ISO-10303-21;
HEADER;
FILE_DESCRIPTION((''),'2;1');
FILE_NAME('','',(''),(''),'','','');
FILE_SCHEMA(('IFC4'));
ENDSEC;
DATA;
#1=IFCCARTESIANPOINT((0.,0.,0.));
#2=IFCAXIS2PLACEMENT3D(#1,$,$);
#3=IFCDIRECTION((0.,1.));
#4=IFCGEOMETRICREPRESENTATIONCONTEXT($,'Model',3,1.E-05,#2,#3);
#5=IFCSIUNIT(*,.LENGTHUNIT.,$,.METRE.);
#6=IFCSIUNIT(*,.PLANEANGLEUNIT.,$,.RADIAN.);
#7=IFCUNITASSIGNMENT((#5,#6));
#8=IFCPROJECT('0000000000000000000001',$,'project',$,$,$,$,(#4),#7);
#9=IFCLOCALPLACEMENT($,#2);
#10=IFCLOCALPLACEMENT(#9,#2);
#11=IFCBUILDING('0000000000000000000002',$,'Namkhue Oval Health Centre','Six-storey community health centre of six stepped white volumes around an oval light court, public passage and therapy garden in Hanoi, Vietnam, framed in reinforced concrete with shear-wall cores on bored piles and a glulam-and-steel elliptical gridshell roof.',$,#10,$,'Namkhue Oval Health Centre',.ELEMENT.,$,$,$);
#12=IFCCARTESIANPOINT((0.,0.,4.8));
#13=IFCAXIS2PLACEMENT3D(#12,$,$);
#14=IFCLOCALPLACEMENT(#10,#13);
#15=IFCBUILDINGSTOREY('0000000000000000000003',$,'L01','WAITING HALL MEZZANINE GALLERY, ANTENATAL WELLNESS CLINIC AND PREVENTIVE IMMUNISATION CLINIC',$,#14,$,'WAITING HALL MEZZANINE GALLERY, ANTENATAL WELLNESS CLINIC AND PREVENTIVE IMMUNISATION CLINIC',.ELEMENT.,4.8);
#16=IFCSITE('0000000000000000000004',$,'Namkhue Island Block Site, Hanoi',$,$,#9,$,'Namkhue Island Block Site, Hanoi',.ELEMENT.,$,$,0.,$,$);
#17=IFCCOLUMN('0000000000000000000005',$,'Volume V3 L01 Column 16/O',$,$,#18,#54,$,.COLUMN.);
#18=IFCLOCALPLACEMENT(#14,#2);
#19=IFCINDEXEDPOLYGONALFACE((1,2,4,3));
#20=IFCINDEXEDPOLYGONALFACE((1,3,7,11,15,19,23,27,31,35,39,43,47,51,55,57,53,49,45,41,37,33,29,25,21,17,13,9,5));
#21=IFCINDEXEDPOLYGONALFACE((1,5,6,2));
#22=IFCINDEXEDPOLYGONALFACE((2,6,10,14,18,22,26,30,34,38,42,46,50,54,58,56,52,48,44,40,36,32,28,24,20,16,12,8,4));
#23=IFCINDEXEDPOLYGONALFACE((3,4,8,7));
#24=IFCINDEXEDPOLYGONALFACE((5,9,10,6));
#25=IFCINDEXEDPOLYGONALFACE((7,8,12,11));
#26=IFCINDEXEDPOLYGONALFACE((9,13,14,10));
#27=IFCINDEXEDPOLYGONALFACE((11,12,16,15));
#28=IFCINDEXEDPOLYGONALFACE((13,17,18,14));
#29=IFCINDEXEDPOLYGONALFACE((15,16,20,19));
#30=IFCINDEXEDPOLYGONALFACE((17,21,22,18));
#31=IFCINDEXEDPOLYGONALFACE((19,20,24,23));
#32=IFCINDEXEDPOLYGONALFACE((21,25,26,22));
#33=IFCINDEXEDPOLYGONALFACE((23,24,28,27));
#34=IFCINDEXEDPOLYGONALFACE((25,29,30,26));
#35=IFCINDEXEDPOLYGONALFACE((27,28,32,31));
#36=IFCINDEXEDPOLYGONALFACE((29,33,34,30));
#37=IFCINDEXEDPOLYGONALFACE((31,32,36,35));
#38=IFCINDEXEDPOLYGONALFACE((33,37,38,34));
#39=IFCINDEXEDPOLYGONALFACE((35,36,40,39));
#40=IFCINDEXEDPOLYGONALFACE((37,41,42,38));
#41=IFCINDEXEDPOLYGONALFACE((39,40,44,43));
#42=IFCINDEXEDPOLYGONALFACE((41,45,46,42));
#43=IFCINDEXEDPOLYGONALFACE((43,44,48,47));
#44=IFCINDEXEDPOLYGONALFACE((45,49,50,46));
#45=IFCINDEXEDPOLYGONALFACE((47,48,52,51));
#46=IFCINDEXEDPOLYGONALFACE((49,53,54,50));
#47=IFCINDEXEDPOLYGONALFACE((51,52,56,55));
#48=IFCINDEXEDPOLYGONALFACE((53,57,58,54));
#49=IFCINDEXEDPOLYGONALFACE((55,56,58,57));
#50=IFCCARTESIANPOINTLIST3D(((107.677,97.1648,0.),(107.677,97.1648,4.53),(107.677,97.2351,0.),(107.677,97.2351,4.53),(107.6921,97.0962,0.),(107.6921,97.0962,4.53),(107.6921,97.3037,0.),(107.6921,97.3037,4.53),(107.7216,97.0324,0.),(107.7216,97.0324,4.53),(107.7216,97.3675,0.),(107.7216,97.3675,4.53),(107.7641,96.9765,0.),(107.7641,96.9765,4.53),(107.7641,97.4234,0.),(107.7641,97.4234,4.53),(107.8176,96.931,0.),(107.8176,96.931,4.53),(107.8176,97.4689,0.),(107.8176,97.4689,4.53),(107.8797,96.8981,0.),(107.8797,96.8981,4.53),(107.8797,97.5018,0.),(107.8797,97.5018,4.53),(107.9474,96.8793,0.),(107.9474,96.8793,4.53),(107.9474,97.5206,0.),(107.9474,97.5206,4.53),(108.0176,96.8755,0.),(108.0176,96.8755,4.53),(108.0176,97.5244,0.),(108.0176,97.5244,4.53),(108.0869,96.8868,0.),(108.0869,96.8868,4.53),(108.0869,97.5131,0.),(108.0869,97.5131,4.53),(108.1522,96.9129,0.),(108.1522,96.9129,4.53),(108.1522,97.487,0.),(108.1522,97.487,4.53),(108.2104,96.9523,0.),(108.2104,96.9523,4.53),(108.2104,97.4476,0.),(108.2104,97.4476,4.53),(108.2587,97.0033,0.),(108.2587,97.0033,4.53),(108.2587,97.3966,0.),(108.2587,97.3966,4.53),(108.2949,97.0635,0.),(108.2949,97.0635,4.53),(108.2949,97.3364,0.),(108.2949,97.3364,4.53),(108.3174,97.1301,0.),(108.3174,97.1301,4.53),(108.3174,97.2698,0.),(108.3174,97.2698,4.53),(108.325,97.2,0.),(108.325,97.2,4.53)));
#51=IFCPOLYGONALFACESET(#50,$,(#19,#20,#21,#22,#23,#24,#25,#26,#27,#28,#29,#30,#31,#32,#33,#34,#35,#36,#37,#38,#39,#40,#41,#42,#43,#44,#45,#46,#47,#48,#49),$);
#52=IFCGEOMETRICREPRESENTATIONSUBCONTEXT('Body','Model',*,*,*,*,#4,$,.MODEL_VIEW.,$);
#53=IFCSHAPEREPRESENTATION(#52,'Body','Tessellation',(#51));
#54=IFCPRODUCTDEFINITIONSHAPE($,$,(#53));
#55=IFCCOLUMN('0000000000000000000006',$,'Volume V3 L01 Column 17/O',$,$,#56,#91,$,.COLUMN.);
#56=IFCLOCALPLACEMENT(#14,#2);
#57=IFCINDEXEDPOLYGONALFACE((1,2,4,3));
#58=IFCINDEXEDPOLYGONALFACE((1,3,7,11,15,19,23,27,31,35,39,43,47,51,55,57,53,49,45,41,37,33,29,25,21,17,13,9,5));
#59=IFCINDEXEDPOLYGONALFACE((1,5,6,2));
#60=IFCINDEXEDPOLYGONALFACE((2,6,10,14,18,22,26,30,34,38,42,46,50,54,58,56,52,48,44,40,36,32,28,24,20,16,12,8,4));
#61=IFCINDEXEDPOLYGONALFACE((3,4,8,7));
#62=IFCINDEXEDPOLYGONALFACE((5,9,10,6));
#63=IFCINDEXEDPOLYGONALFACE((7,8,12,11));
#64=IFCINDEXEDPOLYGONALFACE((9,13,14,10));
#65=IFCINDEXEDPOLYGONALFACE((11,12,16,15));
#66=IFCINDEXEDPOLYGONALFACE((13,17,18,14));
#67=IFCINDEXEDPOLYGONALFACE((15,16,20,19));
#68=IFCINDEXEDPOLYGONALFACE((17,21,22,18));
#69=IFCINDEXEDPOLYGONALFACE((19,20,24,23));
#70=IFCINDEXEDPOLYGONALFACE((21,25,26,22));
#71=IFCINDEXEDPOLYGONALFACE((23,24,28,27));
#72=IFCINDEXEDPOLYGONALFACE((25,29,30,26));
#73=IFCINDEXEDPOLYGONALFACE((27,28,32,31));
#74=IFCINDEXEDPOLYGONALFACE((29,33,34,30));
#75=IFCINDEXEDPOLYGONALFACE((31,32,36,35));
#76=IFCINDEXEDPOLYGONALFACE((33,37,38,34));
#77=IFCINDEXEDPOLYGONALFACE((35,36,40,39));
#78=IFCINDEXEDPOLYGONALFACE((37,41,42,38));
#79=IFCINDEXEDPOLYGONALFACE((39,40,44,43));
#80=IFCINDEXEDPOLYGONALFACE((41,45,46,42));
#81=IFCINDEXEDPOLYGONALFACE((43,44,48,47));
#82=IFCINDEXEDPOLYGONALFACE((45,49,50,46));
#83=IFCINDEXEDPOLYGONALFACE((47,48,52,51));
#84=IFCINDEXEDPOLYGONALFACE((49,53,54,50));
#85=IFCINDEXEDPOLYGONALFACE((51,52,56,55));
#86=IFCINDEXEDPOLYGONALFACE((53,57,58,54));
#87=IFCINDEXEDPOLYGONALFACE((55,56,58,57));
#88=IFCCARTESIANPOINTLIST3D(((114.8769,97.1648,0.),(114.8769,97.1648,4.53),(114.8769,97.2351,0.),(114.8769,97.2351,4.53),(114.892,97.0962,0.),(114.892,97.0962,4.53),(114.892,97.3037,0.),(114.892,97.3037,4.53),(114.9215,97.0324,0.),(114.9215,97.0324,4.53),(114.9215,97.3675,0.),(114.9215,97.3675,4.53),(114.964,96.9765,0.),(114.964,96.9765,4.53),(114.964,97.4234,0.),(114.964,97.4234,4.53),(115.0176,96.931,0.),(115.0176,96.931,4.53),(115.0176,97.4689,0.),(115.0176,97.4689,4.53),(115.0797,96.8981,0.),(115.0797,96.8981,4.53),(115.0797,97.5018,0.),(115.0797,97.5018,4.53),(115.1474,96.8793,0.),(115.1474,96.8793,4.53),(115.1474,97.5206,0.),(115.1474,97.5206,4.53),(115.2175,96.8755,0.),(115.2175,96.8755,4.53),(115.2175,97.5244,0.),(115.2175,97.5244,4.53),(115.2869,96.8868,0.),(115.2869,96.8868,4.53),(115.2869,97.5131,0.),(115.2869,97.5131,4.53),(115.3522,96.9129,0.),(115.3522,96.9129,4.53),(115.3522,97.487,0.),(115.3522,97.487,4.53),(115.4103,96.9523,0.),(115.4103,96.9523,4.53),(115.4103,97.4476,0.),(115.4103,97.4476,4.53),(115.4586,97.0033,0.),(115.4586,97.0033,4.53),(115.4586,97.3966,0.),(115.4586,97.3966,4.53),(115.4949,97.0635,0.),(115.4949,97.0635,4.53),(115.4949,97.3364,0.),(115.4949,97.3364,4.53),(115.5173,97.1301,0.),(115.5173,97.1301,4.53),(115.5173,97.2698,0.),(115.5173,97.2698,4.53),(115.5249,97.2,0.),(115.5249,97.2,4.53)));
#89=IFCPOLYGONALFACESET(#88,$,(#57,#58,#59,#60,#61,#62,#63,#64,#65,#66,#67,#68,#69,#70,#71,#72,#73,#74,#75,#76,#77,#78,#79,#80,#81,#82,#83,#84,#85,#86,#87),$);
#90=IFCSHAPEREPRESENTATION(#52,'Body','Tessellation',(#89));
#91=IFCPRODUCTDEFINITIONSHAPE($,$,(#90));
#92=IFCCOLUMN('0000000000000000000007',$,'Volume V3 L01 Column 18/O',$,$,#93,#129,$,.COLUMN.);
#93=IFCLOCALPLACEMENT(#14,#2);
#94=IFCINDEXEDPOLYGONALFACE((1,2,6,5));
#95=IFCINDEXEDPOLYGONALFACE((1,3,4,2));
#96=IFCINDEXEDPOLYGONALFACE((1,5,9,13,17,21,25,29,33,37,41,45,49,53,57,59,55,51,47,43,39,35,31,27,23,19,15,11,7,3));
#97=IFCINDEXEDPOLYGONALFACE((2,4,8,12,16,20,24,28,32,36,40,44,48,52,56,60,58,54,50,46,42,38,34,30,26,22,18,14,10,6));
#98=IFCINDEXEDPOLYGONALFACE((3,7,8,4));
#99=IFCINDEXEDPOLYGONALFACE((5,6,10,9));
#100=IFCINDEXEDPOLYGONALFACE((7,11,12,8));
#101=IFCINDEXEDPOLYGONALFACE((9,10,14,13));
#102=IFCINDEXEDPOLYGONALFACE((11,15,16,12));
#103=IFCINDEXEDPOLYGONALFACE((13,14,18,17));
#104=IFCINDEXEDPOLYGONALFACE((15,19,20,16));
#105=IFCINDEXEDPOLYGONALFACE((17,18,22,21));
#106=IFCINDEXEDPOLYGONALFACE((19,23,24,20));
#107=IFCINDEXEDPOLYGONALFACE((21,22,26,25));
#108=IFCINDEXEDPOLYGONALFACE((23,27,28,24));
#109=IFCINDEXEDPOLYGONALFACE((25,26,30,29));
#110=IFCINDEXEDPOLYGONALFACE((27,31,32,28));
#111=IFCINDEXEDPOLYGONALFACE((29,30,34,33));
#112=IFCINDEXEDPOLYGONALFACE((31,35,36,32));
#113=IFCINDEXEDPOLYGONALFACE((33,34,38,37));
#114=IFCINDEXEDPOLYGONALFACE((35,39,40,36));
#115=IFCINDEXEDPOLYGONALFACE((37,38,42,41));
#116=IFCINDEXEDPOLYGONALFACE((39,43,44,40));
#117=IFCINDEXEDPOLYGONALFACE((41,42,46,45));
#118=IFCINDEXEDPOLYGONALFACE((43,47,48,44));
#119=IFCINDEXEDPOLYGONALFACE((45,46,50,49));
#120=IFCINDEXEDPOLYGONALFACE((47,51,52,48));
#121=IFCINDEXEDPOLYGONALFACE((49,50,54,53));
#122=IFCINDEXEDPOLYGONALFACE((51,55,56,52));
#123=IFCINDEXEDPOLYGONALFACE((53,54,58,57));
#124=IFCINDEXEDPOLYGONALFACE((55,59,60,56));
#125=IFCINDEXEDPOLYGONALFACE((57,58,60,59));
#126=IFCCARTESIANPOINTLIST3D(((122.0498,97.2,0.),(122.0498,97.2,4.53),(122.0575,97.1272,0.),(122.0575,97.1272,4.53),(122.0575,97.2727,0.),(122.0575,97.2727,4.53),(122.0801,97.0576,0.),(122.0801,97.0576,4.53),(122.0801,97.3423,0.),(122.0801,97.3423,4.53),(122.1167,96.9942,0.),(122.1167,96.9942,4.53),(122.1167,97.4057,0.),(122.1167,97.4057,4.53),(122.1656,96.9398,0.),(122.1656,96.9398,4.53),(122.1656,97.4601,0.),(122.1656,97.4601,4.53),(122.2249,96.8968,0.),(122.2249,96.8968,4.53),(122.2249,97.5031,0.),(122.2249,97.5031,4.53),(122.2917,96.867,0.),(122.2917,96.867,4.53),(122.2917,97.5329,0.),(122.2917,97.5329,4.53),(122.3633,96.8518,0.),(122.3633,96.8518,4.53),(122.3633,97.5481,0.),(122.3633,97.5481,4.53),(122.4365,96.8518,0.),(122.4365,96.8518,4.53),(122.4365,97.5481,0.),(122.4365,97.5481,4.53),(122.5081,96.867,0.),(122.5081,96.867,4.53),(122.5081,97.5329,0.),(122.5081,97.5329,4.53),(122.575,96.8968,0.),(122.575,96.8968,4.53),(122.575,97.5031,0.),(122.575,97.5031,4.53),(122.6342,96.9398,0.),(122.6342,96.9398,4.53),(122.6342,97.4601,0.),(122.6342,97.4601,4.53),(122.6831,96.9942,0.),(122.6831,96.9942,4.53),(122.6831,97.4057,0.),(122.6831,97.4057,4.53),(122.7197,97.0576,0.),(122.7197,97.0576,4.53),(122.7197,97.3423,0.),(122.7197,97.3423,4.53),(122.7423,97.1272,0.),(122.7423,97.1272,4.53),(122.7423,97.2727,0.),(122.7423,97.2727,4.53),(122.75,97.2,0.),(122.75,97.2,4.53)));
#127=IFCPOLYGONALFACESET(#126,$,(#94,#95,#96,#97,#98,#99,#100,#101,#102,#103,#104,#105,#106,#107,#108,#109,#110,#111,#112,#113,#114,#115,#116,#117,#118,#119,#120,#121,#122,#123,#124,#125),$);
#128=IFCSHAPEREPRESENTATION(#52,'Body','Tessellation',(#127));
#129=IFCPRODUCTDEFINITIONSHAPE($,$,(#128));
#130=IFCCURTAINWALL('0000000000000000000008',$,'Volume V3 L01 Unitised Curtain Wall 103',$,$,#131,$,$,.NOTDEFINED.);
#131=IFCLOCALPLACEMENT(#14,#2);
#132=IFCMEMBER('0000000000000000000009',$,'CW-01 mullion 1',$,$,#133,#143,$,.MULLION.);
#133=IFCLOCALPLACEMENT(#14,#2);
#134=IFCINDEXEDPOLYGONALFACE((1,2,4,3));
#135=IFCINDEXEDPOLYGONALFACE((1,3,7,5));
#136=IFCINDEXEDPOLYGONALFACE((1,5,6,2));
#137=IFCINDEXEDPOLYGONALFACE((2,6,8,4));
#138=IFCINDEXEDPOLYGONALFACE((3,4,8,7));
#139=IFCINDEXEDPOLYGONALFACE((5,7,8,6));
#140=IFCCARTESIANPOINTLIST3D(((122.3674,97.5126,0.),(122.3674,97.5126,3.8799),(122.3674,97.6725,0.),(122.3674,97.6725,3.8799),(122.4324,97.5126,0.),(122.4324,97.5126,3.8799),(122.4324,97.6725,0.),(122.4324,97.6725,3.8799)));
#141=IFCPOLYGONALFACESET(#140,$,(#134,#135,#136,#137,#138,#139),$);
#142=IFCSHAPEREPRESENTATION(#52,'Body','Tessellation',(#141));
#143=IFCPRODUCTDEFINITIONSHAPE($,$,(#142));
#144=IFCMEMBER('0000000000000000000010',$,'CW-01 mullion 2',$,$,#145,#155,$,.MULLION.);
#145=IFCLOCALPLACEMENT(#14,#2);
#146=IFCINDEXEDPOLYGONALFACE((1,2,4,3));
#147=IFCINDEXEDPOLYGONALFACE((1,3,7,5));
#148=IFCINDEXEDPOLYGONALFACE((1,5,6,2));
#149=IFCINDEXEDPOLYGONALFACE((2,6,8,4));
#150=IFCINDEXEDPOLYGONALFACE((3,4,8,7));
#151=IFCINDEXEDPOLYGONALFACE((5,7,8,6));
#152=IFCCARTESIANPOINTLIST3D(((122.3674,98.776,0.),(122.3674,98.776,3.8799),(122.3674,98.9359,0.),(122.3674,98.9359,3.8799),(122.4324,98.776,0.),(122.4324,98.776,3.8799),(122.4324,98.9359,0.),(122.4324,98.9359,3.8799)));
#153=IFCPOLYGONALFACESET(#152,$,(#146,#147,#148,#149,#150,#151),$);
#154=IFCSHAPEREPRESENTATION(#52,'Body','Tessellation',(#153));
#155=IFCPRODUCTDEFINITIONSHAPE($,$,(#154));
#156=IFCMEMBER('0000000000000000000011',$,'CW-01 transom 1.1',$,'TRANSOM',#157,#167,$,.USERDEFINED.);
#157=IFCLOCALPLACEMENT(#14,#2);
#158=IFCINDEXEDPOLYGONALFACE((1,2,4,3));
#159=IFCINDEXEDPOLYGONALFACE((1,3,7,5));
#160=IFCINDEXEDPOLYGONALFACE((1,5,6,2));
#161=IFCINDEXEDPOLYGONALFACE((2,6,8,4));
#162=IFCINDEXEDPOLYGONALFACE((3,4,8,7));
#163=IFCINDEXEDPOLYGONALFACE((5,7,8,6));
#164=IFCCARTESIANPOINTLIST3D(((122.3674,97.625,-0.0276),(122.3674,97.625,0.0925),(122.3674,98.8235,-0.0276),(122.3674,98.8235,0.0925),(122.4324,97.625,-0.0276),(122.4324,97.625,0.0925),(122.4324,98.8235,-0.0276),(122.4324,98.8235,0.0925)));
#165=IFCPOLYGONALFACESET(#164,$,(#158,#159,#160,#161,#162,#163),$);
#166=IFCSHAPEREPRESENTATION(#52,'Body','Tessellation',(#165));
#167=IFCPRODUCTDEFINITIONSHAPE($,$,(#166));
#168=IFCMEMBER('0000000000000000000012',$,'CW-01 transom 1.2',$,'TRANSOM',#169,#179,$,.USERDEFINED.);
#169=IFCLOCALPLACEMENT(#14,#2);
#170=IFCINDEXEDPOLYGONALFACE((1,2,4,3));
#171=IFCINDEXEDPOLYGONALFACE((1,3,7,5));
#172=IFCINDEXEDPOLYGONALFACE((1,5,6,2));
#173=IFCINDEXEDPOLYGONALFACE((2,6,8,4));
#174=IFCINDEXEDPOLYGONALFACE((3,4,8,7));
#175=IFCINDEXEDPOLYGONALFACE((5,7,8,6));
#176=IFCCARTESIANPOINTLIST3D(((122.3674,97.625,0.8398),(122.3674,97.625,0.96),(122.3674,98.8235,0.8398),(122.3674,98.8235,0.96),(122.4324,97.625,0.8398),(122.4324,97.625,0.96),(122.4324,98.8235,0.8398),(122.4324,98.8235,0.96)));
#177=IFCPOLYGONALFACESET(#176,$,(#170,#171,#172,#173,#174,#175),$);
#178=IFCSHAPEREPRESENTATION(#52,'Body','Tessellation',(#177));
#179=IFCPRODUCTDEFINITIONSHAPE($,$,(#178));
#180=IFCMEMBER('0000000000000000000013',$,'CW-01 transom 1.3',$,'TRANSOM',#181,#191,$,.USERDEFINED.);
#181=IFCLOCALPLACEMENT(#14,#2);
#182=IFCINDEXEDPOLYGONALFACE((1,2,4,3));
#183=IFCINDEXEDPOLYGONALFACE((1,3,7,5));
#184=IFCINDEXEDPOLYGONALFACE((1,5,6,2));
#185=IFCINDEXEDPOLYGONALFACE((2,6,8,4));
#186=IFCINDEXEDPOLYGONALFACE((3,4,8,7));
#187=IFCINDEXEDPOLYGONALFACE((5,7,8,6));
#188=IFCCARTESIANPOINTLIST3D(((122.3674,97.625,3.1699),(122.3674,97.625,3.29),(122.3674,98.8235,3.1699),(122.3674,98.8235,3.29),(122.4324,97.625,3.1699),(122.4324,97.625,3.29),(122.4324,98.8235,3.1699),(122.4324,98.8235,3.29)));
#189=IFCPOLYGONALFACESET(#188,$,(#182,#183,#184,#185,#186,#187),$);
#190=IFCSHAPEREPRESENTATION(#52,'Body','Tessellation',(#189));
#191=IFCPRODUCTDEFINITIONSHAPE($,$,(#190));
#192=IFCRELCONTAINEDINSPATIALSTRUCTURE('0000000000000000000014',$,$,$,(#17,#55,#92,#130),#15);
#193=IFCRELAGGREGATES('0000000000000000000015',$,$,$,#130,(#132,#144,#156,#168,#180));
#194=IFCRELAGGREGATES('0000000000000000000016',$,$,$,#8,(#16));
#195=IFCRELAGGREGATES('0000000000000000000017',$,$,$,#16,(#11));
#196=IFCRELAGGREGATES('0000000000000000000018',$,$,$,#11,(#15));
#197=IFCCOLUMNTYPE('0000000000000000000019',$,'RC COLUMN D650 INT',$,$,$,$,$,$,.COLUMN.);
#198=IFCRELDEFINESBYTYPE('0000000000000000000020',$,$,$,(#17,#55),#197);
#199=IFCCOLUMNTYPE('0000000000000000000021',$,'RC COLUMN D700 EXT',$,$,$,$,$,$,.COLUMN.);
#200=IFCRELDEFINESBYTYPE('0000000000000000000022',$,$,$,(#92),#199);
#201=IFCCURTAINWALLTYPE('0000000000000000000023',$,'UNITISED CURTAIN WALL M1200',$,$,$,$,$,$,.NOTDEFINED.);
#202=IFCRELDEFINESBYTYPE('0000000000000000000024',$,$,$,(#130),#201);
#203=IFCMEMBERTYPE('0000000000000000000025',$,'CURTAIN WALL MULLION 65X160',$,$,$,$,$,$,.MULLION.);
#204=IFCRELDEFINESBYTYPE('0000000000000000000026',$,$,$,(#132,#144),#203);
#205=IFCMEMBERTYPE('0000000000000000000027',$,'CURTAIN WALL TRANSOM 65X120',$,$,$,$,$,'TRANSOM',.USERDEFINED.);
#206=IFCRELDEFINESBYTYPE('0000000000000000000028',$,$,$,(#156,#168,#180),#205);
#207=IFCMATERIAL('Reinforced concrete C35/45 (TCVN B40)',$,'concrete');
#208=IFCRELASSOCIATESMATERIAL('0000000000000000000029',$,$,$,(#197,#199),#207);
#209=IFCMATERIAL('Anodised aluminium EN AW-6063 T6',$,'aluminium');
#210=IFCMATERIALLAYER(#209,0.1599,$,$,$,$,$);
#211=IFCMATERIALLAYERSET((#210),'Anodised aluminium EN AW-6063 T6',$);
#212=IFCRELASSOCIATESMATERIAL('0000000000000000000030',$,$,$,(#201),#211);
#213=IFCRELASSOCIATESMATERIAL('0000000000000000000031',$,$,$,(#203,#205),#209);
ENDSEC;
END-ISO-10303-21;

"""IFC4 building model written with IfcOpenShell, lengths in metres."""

from ifc_helpers import new_model, si_unit, direction, frame, origin, origin_2d, place, context, subcontext, project, spatial, rectangle, circle, extrude, material, layer, layer_set, material_profile, profile_set, type_object, element, aggregate, save


model = new_model("IFC4")

# Units and contexts
model_context = context("Model", 3, precision=1e-05, world=origin(), true_north=direction((0.0, 1.0)))
body_context = subcontext(model_context, "Body", "Model", "MODEL_VIEW")
ifc_project = project(units=[si_unit("LENGTHUNIT", "METRE"), si_unit("PLANEANGLEUNIT", "RADIAN")], contexts=[model_context])

# Site, building, storey
site_placement = place(None, origin())
site = spatial("IfcSite", under=ifc_project, at=site_placement, Name="Namkhue Island Block Site, Hanoi", LongName="Namkhue Island Block Site, Hanoi", CompositionType="ELEMENT", RefElevation=0.0)
building_placement = place(site_placement, origin())
building = spatial("IfcBuilding", under=site, at=building_placement, Name="Namkhue Oval Health Centre", Description="Six-storey community health centre of six stepped white volumes around an oval light court, public passage and therapy garden in Hanoi, Vietnam, framed in reinforced concrete with shear-wall cores on bored piles and a glulam-and-steel elliptical gridshell roof.", LongName="Namkhue Oval Health Centre", CompositionType="ELEMENT")
storey_placement = place(building_placement, frame((0.0, 0.0, 4.8)))
storey = spatial("IfcBuildingStorey", under=building, at=storey_placement, Name="L01", Description="WAITING HALL MEZZANINE GALLERY, ANTENATAL WELLNESS CLINIC AND PREVENTIVE IMMUNISATION CLINIC", LongName="WAITING HALL MEZZANINE GALLERY, ANTENATAL WELLNESS CLINIC AND PREVENTIVE IMMUNISATION CLINIC", CompositionType="ELEMENT", Elevation=4.8)

# Columns
ifc_material_1 = material(Name="Reinforced concrete C35/45 (TCVN B40)", Category="concrete")
ifc_material_profile_1 = material_profile(ifc_material_1, circle(Radius=0.325, at=origin_2d()), Name="RC D650")
ifc_profile_set_1 = profile_set([ifc_material_profile_1], Name="Reinforced concrete C35/45 (TCVN B40)")
column_type_1 = type_object("IfcColumnType", Name="RC COLUMN D650 INT", PredefinedType="COLUMN", material=ifc_profile_set_1)
for number, where, z_axis, x_axis, name in (
    (1, (108.0, 97.2, 0.0), (0.0, 0.0, 1.0), (1.0, 0.0, 0.0), "Volume V3 L01 Column 16/O"),
    (2, (115.2, 97.2, 0.0), (0.0, 0.0, 1.0), (1.0, 0.0, 0.0), "Volume V3 L01 Column 17/O"),
):
    element("IfcColumn", number, at=place(storey_placement, frame(where, z_axis=z_axis, x_axis=x_axis)), inside=storey, type_object=column_type_1, Name=name, PredefinedType="COLUMN", context=body_context, shape_type="SweptSolid", body=[
        extrude(circle(Radius=0.325, at=origin_2d()), origin(), (0.0, 0.0, 1.0), 4.53),
    ])
ifc_material_profile_2 = material_profile(ifc_material_1, circle(Radius=0.3501, at=origin_2d()), Name="RC D700")
ifc_profile_set_2 = profile_set([ifc_material_profile_2], Name="Reinforced concrete C35/45 (TCVN B40)")
column_type_2 = type_object("IfcColumnType", Name="RC COLUMN D700 EXT", PredefinedType="COLUMN", material=ifc_profile_set_2)
column_placement = place(storey_placement, frame((122.3999, 97.2, 0.0), z_axis=(0.0, 0.0, 1.0), x_axis=(1.0, 0.0, 0.0)))
element("IfcColumn", 3, at=column_placement, inside=storey, type_object=column_type_2, Name="Volume V3 L01 Column 18/O", PredefinedType="COLUMN", context=body_context, shape_type="SweptSolid", body=[
    extrude(circle(Radius=0.3501, at=origin_2d()), origin(), (0.0, 0.0, 1.0), 4.53),
])

# Curtain wall, members
ifc_material_2 = material(Name="Anodised aluminium EN AW-6063 T6", Category="aluminium")
ifc_layer_1 = layer(ifc_material_2, 0.1599)
ifc_layer_set_1 = layer_set([ifc_layer_1], Name="Anodised aluminium EN AW-6063 T6")
curtain_wall_type = type_object("IfcCurtainWallType", Name="UNITISED CURTAIN WALL M1200", PredefinedType="NOTDEFINED", material=ifc_layer_set_1)
curtain_wall_placement = place(storey_placement, origin())
curtain_wall = element("IfcCurtainWall", 4, at=curtain_wall_placement, inside=storey, type_object=curtain_wall_type, Name="Volume V3 L01 Unitised Curtain Wall 103", PredefinedType="NOTDEFINED")
ifc_material_profile_3 = material_profile(ifc_material_2, rectangle(XDim=0.0649, YDim=0.1599, at=origin_2d()), Name="ALU 65x160")
ifc_profile_set_3 = profile_set([ifc_material_profile_3], Name="Anodised aluminium EN AW-6063 T6")
member_type_1 = type_object("IfcMemberType", Name="CURTAIN WALL MULLION 65X160", PredefinedType="MULLION", material=ifc_profile_set_3)
member_1_placement = place(storey_placement, frame((122.3999, 97.5925, 0.0), z_axis=(0.0, 0.0, 1.0), x_axis=(-1.0, 0.0, 0.0)))
member_1 = element("IfcMember", 5, at=member_1_placement, type_object=member_type_1, Name="CW-01 mullion 1", PredefinedType="MULLION", context=body_context, shape_type="SweptSolid", body=[
    extrude(rectangle(XDim=0.0649, YDim=0.1599, at=origin_2d()), origin(), (0.0, 0.0, 1.0), 3.8799),
])
member_2_placement = place(storey_placement, frame((122.3999, 98.856, 0.0), z_axis=(0.0, 0.0, 1.0), x_axis=(-1.0, 0.0, 0.0)))
member_2 = element("IfcMember", 6, at=member_2_placement, type_object=member_type_1, Name="CW-01 mullion 2", PredefinedType="MULLION", context=body_context, shape_type="SweptSolid", body=[
    extrude(rectangle(XDim=0.0649, YDim=0.1599, at=origin_2d()), origin(), (0.0, 0.0, 1.0), 3.8799),
])
ifc_material_profile_4 = material_profile(ifc_material_2, rectangle(XDim=0.0649, YDim=0.1201, at=origin_2d()), Name="ALU 65x120")
ifc_profile_set_4 = profile_set([ifc_material_profile_4], Name="Anodised aluminium EN AW-6063 T6")
member_type_2 = type_object("IfcMemberType", Name="CURTAIN WALL TRANSOM 65X120", ElementType="TRANSOM", PredefinedType="USERDEFINED", material=ifc_profile_set_4)
member_3_placement = place(storey_placement, frame((122.3999, 97.625, 0.0325), z_axis=(0.0, 1.0, 0.0), x_axis=(-1.0, 0.0, 0.0)))
member_3 = element("IfcMember", 7, at=member_3_placement, type_object=member_type_2, Name="CW-01 transom 1.1", ObjectType="TRANSOM", PredefinedType="USERDEFINED", context=body_context, shape_type="SweptSolid", body=[
    extrude(rectangle(XDim=0.0649, YDim=0.1201, at=origin_2d()), origin(), (0.0, 0.0, 1.0), 1.1985),
])
member_4_placement = place(storey_placement, frame((122.3999, 97.625, 0.8999), z_axis=(0.0, 1.0, 0.0), x_axis=(-1.0, 0.0, 0.0)))
member_4 = element("IfcMember", 8, at=member_4_placement, type_object=member_type_2, Name="CW-01 transom 1.2", ObjectType="TRANSOM", PredefinedType="USERDEFINED", context=body_context, shape_type="SweptSolid", body=[
    extrude(rectangle(XDim=0.0649, YDim=0.1201, at=origin_2d()), origin(), (0.0, 0.0, 1.0), 1.1985),
])
member_5_placement = place(storey_placement, frame((122.3999, 97.625, 3.23), z_axis=(0.0, 1.0, 0.0), x_axis=(-1.0, 0.0, 0.0)))
member_5 = element("IfcMember", 9, at=member_5_placement, type_object=member_type_2, Name="CW-01 transom 1.3", ObjectType="TRANSOM", PredefinedType="USERDEFINED", context=body_context, shape_type="SweptSolid", body=[
    extrude(rectangle(XDim=0.0649, YDim=0.1201, at=origin_2d()), origin(), (0.0, 0.0, 1.0), 1.1985),
])

aggregate(curtain_wall, [member_1, member_2, member_3, member_4, member_5])

save(model, "model.ifc")
